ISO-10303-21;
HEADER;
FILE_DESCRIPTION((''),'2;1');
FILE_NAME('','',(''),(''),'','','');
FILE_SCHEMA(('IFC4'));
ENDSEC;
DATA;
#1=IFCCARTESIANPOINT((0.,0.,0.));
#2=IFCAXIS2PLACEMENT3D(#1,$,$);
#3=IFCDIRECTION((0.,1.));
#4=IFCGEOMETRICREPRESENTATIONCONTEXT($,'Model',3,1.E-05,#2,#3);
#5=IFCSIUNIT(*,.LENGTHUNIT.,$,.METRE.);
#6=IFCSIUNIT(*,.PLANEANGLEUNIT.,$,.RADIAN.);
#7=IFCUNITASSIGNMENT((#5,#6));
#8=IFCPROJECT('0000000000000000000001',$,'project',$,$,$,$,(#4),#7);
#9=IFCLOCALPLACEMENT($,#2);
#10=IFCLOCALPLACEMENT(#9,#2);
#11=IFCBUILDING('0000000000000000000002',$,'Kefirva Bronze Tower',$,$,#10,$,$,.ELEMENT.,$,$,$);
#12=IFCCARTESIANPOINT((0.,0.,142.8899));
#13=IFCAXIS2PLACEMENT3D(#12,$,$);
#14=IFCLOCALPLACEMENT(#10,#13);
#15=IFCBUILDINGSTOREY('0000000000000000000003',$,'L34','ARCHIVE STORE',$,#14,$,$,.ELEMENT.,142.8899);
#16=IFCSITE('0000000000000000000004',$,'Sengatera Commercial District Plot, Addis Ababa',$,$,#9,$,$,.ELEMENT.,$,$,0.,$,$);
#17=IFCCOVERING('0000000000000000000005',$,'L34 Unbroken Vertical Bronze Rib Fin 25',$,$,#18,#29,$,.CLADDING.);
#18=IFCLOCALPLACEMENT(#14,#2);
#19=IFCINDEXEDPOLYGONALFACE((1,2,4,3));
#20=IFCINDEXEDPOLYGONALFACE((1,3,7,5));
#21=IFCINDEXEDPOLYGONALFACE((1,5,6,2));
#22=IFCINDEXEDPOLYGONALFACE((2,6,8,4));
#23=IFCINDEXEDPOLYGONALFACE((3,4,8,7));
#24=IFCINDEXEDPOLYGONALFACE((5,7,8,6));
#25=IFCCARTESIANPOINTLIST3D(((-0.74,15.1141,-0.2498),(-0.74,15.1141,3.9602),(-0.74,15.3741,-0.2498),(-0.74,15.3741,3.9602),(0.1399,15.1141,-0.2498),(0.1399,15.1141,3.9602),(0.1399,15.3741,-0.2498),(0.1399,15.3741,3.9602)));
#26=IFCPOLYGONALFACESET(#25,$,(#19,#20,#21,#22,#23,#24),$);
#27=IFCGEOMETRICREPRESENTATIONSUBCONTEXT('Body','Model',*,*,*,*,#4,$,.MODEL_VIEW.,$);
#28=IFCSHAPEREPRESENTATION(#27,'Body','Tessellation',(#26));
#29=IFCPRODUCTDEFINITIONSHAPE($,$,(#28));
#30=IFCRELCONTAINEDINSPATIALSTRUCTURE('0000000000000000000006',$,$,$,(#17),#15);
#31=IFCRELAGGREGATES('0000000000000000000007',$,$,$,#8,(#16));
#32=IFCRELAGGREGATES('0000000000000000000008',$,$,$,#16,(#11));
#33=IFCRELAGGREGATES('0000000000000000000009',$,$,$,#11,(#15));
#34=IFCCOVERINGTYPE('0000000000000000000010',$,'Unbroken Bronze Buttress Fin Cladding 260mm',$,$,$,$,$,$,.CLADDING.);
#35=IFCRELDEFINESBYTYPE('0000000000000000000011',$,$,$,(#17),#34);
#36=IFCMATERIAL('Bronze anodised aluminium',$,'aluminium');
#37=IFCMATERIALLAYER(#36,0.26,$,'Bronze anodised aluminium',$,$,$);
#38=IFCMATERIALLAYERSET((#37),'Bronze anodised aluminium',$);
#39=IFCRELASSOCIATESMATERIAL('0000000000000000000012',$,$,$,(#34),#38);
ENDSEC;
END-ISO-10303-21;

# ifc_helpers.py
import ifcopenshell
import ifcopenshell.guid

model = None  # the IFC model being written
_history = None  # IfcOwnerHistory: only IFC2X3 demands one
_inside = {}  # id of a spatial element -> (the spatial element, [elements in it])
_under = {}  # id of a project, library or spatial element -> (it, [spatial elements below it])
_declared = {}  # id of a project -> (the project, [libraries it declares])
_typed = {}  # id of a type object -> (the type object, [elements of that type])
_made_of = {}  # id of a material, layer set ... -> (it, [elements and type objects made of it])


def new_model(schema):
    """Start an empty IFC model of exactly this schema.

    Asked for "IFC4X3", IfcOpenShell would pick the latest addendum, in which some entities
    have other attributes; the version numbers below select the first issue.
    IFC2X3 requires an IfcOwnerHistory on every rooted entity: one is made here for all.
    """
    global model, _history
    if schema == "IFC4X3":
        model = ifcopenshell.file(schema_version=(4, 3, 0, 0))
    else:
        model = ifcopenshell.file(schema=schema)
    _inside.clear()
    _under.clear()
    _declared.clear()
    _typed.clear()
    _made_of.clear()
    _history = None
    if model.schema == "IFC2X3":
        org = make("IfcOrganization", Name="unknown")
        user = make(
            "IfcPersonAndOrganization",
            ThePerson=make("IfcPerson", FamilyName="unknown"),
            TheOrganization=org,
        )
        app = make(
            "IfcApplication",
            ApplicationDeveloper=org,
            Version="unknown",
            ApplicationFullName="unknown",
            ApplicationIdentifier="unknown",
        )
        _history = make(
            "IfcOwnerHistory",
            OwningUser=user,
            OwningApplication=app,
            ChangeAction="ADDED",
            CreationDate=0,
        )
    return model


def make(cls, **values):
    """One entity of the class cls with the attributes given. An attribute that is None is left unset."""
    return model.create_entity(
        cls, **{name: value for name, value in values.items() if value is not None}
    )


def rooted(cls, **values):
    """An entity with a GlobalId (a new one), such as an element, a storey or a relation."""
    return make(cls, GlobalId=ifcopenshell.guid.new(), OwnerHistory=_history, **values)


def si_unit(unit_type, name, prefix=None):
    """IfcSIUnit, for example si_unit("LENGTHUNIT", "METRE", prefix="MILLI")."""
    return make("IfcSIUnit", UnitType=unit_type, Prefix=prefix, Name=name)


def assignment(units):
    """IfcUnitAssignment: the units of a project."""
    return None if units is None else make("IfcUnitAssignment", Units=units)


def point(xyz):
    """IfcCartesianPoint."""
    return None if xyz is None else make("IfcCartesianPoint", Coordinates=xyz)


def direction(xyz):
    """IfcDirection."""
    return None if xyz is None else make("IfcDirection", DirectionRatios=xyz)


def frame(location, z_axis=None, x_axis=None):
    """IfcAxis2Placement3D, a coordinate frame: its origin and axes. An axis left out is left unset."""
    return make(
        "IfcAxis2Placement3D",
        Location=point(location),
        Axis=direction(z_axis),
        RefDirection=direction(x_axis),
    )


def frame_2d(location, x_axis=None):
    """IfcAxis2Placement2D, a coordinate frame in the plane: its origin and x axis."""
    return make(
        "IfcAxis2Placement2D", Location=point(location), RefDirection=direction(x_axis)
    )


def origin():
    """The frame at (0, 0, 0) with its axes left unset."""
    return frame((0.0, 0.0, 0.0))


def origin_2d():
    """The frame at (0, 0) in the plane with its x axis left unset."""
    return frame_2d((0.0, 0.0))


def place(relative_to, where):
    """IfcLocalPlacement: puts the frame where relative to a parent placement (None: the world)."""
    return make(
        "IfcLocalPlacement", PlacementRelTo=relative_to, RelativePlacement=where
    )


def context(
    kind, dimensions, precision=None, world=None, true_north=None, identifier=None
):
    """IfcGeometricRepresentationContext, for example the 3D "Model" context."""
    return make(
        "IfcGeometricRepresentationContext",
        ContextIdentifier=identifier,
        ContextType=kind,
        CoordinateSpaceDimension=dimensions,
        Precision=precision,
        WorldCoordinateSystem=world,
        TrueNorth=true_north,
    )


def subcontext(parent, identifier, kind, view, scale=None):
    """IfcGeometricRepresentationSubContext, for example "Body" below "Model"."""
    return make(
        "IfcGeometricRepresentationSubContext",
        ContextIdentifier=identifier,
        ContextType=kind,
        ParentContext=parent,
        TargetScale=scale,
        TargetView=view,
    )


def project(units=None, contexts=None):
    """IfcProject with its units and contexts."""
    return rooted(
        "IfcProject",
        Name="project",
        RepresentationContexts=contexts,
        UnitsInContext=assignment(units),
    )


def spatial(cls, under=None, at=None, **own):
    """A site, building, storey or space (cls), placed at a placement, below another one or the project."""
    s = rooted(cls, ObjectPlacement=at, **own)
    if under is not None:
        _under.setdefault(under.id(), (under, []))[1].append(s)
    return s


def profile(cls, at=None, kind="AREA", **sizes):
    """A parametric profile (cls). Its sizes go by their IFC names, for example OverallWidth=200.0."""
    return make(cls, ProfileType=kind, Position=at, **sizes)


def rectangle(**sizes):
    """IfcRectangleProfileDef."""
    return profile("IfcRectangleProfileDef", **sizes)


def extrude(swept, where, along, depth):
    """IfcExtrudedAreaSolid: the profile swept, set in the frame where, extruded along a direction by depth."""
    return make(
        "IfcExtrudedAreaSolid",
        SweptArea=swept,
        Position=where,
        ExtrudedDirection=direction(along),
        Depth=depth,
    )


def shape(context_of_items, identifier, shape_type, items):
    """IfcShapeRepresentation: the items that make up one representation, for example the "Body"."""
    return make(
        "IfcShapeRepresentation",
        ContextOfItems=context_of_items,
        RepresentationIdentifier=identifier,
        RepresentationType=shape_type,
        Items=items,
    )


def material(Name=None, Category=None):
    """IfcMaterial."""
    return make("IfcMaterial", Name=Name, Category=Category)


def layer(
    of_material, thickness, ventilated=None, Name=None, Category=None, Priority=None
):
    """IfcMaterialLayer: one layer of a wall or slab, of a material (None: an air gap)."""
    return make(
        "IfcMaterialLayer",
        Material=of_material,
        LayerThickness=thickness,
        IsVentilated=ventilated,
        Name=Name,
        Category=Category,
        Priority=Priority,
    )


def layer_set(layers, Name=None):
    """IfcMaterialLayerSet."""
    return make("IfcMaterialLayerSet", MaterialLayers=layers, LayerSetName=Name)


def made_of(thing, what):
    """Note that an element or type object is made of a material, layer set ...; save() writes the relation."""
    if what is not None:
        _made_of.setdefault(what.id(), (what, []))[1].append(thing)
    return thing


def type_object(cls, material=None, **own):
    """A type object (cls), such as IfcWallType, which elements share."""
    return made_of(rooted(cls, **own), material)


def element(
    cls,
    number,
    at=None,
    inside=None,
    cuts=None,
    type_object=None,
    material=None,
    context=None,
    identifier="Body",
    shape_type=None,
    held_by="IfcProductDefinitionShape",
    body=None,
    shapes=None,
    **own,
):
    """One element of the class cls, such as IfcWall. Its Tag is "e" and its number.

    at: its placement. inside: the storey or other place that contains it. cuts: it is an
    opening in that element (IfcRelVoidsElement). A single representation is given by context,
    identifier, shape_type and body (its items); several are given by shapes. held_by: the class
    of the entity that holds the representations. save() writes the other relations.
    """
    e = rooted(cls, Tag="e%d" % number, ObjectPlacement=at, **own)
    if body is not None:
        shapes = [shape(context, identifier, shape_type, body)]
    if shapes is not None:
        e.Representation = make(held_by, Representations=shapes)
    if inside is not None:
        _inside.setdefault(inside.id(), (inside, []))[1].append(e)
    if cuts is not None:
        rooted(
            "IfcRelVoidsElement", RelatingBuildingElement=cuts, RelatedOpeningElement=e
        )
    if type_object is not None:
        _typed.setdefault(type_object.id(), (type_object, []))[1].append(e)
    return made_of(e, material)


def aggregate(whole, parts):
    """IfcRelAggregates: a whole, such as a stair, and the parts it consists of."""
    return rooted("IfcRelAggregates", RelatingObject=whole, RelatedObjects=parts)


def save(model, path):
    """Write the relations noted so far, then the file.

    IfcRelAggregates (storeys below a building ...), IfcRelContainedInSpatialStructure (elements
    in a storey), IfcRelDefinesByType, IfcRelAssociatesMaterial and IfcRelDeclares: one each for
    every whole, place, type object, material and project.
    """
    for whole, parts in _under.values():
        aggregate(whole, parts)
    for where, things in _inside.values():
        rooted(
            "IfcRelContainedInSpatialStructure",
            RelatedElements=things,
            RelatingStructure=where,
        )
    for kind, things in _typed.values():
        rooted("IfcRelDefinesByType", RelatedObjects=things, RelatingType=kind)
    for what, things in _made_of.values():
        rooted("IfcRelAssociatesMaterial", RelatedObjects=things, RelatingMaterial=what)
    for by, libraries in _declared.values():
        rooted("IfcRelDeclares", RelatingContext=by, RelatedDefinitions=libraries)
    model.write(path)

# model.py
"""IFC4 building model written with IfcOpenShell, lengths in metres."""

from ifc_helpers import new_model, si_unit, direction, frame, origin, origin_2d, place, context, subcontext, project, spatial, rectangle, extrude, material, layer, layer_set, type_object, element, save


model = new_model("IFC4")

# Units and contexts
model_context = context("Model", 3, precision=1e-05, world=origin(), true_north=direction((0.0, 1.0)))
body_context = subcontext(model_context, "Body", "Model", "MODEL_VIEW")
ifc_project = project(units=[si_unit("LENGTHUNIT", "METRE"), si_unit("PLANEANGLEUNIT", "RADIAN")], contexts=[model_context])

# Site, building, storey
site_placement = place(None, origin())
site = spatial("IfcSite", under=ifc_project, at=site_placement, Name="Sengatera Commercial District Plot, Addis Ababa", CompositionType="ELEMENT", RefElevation=0.0)
building_placement = place(site_placement, origin())
building = spatial("IfcBuilding", under=site, at=building_placement, Name="Kefirva Bronze Tower", CompositionType="ELEMENT")
storey_placement = place(building_placement, frame((0.0, 0.0, 142.8899)))
storey = spatial("IfcBuildingStorey", under=building, at=storey_placement, Name="L34", Description="ARCHIVE STORE", CompositionType="ELEMENT", Elevation=142.8899)

# Shared definitions
ifc_material_1 = material(Name="Bronze anodised aluminium", Category="aluminium")

# Covering
ifc_layer_1 = layer(ifc_material_1, 0.26, Name="Bronze anodised aluminium")
ifc_layer_set_1 = layer_set([ifc_layer_1], Name="Bronze anodised aluminium")
covering_type_1 = type_object("IfcCoveringType", Name="Unbroken Bronze Buttress Fin Cladding 260mm", PredefinedType="CLADDING", material=ifc_layer_set_1)
for number, where, z_axis, x_axis, name in (
    (1, (-0.3, 15.2441, -0.2498), (0.0, 0.0, 1.0), (0.0, -1.0, 0.0), "L34 Unbroken Vertical Bronze Rib Fin 25"),
):
    element("IfcCovering", number, at=place(storey_placement, frame(where, z_axis=z_axis, x_axis=x_axis)), inside=storey, type_object=covering_type_1, Name=name, PredefinedType="CLADDING", context=body_context, shape_type="SweptSolid", body=[
        extrude(rectangle(XDim=0.26, YDim=0.8799, at=origin_2d()), origin(), (0.0, 0.0, 1.0), 4.21),
    ])

save(model, "model.ifc")
